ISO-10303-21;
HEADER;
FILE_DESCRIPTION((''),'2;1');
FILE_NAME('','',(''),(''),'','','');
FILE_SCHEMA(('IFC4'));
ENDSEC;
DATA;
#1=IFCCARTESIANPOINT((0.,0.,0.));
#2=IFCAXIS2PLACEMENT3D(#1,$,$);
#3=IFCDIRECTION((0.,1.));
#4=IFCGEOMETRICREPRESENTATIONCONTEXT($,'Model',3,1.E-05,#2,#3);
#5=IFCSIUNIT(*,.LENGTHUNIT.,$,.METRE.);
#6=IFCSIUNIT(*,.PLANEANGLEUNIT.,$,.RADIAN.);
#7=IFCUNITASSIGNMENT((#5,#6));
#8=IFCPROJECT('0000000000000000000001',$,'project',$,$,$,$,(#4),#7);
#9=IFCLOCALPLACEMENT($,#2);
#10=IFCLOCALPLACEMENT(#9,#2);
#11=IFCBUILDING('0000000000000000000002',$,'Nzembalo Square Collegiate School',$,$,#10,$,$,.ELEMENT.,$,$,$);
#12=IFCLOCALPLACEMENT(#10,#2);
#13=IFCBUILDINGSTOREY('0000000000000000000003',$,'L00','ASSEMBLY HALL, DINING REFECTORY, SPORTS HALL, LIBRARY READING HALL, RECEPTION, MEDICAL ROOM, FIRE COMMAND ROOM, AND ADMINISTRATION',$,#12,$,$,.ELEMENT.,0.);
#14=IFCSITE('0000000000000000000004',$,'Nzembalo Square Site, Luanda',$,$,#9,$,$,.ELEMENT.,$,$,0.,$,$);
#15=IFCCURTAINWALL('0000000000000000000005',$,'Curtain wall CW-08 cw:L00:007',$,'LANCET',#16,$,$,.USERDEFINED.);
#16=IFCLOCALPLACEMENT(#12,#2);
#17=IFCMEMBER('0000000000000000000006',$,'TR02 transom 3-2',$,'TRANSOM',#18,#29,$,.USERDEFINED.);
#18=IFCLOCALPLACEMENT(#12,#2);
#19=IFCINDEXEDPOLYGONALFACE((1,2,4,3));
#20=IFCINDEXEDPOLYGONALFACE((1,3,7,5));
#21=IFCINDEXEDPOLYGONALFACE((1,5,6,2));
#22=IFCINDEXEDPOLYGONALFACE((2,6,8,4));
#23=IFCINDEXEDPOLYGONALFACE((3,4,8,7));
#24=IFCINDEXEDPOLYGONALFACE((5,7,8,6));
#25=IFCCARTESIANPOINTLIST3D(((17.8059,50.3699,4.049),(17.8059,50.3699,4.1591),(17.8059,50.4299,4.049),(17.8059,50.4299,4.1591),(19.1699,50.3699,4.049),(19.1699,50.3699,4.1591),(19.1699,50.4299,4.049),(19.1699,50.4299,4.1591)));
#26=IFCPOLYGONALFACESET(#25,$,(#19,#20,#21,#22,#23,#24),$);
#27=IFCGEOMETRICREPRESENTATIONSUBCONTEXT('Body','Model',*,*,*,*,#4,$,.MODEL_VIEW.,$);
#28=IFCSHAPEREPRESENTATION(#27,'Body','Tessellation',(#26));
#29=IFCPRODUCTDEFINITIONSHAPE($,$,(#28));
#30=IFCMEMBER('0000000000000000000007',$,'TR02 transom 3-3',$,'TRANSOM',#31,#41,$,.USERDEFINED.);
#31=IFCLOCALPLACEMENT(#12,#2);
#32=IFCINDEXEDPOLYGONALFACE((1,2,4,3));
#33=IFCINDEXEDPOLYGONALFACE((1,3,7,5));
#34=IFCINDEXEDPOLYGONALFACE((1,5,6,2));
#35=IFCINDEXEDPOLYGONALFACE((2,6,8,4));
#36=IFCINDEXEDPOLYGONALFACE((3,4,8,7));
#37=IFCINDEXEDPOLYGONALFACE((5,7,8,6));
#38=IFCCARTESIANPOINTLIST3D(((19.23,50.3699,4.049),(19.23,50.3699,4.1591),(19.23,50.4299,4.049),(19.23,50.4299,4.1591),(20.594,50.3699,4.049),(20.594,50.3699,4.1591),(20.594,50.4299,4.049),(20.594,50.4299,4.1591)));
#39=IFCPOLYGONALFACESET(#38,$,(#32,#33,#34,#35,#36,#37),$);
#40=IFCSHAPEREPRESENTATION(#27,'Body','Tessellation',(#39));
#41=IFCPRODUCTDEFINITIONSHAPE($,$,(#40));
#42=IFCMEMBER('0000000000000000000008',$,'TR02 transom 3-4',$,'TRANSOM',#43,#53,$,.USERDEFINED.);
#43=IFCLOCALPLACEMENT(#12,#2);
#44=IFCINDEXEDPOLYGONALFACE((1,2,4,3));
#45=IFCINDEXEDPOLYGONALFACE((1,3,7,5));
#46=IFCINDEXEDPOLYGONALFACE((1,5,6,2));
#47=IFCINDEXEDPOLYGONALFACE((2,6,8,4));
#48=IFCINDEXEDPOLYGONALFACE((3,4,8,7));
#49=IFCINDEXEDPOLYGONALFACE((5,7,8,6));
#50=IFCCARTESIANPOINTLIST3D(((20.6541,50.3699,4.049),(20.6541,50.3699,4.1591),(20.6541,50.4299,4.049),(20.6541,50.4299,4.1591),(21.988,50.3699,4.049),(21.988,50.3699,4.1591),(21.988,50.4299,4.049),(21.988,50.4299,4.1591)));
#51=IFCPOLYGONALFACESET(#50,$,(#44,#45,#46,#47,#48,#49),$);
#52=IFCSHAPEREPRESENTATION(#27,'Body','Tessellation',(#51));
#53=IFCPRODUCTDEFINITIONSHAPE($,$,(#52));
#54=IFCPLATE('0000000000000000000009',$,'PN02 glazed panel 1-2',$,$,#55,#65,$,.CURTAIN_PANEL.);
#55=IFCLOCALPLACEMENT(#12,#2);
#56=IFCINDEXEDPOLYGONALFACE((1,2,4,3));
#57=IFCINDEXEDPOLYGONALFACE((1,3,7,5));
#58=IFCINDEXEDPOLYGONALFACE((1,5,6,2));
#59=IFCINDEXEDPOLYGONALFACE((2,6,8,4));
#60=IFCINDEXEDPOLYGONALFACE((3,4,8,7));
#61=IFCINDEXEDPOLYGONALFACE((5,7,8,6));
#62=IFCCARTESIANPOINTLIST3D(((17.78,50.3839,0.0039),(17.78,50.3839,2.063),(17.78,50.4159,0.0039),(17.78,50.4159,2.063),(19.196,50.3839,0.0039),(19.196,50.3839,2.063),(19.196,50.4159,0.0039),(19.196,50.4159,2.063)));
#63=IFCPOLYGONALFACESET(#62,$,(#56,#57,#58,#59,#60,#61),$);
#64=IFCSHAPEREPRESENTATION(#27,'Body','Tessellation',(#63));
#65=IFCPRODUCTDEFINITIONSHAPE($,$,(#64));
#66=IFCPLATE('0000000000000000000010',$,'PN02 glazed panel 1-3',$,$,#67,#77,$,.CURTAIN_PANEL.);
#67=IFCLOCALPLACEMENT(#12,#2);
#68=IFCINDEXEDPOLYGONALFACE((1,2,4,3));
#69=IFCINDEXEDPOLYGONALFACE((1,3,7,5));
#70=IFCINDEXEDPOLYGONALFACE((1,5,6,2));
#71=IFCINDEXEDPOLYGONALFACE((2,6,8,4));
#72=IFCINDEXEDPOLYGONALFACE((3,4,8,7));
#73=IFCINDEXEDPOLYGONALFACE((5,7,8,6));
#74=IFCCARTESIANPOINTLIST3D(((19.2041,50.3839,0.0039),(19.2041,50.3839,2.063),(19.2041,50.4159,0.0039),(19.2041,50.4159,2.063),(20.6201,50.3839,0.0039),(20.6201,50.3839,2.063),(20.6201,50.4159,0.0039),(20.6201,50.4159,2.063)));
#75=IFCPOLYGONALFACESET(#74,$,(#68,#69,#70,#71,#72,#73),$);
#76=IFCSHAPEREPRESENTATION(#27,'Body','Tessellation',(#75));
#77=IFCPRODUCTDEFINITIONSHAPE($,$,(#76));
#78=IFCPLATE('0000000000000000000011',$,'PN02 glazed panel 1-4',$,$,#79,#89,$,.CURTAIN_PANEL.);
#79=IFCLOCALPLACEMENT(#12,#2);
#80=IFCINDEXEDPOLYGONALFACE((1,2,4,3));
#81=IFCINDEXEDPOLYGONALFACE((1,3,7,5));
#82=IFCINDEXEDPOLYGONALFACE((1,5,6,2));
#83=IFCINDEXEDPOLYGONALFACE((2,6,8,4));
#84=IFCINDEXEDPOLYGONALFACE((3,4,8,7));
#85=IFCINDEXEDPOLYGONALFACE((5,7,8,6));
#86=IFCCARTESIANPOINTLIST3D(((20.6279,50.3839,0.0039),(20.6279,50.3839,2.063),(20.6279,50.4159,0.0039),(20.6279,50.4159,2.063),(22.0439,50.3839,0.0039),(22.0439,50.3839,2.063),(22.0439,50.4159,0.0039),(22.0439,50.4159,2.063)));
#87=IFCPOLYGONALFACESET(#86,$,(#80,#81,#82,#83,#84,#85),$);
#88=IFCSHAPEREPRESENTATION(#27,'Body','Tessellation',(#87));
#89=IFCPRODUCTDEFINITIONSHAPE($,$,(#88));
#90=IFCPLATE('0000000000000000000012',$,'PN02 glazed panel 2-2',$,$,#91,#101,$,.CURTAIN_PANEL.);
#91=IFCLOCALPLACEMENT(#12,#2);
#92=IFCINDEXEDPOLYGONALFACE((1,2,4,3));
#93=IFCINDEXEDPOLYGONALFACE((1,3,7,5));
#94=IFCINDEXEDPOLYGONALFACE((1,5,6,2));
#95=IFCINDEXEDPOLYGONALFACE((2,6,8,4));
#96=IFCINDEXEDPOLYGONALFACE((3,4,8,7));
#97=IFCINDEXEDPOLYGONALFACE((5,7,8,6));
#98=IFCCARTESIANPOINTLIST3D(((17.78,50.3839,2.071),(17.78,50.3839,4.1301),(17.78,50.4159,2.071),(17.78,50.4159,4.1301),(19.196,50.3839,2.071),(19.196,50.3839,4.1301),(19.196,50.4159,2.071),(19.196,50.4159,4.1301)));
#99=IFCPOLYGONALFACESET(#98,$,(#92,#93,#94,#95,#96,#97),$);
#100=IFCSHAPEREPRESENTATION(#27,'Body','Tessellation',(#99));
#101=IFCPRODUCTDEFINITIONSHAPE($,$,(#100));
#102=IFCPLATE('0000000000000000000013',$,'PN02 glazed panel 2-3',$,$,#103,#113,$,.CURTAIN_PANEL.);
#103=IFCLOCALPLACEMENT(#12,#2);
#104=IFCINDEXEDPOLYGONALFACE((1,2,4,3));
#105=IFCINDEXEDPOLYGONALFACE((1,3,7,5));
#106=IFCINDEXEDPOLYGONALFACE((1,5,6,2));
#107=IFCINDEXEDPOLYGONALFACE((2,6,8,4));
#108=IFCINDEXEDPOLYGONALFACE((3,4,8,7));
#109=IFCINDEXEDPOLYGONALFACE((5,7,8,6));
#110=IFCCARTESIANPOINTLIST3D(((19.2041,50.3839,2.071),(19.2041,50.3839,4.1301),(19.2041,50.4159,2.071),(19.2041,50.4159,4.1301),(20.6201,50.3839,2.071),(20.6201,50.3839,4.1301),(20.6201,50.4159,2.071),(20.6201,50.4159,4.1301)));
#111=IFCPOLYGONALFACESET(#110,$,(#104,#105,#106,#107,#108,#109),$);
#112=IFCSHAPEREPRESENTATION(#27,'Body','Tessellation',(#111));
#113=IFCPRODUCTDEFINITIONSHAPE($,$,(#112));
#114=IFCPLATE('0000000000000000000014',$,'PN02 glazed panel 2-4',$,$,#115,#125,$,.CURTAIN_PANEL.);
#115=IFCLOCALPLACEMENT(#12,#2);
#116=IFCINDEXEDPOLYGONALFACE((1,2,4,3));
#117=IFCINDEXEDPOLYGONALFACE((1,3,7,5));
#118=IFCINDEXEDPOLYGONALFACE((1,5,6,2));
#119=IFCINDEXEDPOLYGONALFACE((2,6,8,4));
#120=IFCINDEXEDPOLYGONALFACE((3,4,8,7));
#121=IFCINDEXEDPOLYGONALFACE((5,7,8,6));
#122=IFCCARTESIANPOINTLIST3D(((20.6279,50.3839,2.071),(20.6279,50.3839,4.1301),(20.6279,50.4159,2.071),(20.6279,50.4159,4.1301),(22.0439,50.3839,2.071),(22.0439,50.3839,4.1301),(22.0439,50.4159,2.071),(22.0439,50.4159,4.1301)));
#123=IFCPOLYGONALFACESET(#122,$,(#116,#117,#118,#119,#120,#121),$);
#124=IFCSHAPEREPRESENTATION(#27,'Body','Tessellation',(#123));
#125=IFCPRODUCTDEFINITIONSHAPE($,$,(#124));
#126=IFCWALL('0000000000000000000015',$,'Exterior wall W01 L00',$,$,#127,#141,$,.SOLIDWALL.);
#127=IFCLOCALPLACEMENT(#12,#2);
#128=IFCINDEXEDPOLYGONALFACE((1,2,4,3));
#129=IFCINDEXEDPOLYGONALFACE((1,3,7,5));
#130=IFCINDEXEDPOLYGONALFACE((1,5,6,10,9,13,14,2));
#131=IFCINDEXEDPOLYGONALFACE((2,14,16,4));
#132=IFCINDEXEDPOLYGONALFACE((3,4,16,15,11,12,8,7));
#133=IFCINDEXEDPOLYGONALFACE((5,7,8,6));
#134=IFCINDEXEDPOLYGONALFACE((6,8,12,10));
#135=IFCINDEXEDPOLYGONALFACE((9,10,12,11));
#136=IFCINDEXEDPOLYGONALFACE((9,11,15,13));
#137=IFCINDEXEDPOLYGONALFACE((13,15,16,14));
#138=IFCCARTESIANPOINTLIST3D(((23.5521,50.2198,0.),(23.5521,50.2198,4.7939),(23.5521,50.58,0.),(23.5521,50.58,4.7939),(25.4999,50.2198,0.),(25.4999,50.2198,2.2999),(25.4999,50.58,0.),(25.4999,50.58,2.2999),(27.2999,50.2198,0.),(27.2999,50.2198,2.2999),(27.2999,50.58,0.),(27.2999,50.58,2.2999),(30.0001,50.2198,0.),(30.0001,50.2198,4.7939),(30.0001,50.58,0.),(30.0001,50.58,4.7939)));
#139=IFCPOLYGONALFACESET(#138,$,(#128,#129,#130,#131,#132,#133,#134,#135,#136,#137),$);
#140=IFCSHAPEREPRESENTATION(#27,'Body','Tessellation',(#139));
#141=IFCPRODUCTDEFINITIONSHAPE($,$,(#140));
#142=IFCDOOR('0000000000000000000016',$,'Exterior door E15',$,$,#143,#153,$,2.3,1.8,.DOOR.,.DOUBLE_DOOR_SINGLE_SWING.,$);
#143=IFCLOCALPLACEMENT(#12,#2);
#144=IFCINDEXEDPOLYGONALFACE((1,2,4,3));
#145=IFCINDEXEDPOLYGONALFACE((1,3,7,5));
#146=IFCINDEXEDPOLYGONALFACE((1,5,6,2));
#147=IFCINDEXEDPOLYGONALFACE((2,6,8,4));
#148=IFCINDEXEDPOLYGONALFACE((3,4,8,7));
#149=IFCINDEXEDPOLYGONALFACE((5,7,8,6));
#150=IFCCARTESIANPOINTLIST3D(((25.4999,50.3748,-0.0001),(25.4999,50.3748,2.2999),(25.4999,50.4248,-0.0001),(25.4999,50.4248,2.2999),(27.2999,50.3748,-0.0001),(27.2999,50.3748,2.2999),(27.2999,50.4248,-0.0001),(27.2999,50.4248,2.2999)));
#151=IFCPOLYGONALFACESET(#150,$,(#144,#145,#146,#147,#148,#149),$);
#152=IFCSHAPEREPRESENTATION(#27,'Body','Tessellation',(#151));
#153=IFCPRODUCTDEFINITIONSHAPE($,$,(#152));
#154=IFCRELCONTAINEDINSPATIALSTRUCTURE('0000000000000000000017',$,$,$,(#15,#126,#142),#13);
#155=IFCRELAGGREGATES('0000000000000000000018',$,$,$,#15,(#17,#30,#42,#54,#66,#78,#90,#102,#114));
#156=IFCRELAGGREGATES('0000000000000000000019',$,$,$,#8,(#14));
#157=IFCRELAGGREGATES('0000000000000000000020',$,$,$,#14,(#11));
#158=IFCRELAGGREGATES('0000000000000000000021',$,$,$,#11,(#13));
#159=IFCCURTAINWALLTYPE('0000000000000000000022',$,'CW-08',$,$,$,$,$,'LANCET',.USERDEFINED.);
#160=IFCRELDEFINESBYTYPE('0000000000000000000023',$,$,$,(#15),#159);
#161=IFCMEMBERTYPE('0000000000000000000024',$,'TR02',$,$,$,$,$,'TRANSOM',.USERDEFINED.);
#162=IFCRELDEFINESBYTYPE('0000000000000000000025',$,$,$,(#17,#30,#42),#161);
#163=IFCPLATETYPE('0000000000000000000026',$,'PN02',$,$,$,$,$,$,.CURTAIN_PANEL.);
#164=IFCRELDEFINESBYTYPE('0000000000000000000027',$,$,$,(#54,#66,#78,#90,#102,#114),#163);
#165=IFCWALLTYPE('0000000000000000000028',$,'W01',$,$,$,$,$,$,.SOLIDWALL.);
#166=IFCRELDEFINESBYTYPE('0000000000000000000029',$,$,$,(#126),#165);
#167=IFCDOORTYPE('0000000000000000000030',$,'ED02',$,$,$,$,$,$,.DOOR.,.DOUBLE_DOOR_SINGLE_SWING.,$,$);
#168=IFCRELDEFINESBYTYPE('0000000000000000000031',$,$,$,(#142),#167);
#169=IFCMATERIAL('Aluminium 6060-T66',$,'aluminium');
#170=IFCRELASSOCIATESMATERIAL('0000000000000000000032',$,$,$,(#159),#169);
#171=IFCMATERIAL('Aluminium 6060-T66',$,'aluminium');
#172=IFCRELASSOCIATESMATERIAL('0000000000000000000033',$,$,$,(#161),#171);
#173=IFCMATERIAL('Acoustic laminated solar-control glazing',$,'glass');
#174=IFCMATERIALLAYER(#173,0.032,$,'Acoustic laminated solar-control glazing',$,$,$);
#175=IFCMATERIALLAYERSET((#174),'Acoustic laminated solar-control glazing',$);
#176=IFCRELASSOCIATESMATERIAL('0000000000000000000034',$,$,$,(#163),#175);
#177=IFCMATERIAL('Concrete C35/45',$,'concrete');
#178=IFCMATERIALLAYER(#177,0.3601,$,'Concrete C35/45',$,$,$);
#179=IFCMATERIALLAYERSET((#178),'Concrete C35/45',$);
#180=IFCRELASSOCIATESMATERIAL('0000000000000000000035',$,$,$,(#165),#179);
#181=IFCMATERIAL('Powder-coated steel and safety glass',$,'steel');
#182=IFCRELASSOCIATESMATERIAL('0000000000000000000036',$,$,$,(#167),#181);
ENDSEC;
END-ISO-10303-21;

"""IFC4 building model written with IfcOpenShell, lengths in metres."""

from ifc_helpers import new_model, si_unit, direction, frame, frame_2d, origin, origin_2d, place, context, subcontext, project, spatial, rectangle, extrude, material, layer, layer_set, material_profile, profile_set, type_object, element, fill, aggregate, save


model = new_model("IFC4")

# Units and contexts
model_context = context("Model", 3, precision=1e-05, world=origin(), true_north=direction((0.0, 1.0)))
body_context = subcontext(model_context, "Body", "Model", "MODEL_VIEW")
ifc_project = project(units=[si_unit("LENGTHUNIT", "METRE"), si_unit("PLANEANGLEUNIT", "RADIAN")], contexts=[model_context])

# Site, building, storey
site_placement = place(None, origin())
site = spatial("IfcSite", under=ifc_project, at=site_placement, Name="Nzembalo Square Site, Luanda", CompositionType="ELEMENT", RefElevation=0.0)
building_placement = place(site_placement, origin())
building = spatial("IfcBuilding", under=site, at=building_placement, Name="Nzembalo Square Collegiate School", CompositionType="ELEMENT")
storey_placement = place(building_placement, origin())
storey = spatial("IfcBuildingStorey", under=building, at=storey_placement, Name="L00", Description="ASSEMBLY HALL, DINING REFECTORY, SPORTS HALL, LIBRARY READING HALL, RECEPTION, MEDICAL ROOM, FIRE COMMAND ROOM, AND ADMINISTRATION", CompositionType="ELEMENT", Elevation=0.0)

# Curtain wall, members, plates
ifc_material_1 = material(Name="Aluminium 6060-T66", Category="aluminium")
curtain_wall_type = type_object("IfcCurtainWallType", Name="CW-08", ElementType="LANCET", PredefinedType="USERDEFINED", material=ifc_material_1)
curtain_wall_placement = place(storey_placement, origin())
curtain_wall = element("IfcCurtainWall", 1, at=curtain_wall_placement, inside=storey, type_object=curtain_wall_type, Name="Curtain wall CW-08 cw:L00:007", ObjectType="LANCET", PredefinedType="USERDEFINED")
ifc_material_2 = material(Name="Aluminium 6060-T66", Category="aluminium")
ifc_material_profile_1 = material_profile(ifc_material_2, rectangle(XDim=0.0601, YDim=0.1101, at=origin_2d()), Name="ALU T60x110")
ifc_profile_set_1 = profile_set([ifc_material_profile_1], Name="Aluminium 6060-T66")
member_type_1 = type_object("IfcMemberType", Name="TR02", ElementType="TRANSOM", PredefinedType="USERDEFINED", material=ifc_profile_set_1)
member_1_placement = place(storey_placement, frame((17.8059, 50.3999, 4.104), z_axis=(1.0, 0.0, 0.0), x_axis=(0.0, 1.0, 0.0)))
member_1 = element("IfcMember", 2, at=member_1_placement, type_object=member_type_1, Name="TR02 transom 3-2", ObjectType="TRANSOM", PredefinedType="USERDEFINED", context=body_context, shape_type="SweptSolid", body=[
    extrude(rectangle(XDim=0.0601, YDim=0.1101, at=origin_2d()), origin(), (0.0, 0.0, 1.0), 1.364),
])
member_2_placement = place(storey_placement, frame((19.23, 50.3999, 4.104), z_axis=(1.0, 0.0, 0.0), x_axis=(0.0, 1.0, 0.0)))
member_2 = element("IfcMember", 3, at=member_2_placement, type_object=member_type_1, Name="TR02 transom 3-3", ObjectType="TRANSOM", PredefinedType="USERDEFINED", context=body_context, shape_type="SweptSolid", body=[
    extrude(rectangle(XDim=0.0601, YDim=0.1101, at=origin_2d()), origin(), (0.0, 0.0, 1.0), 1.364),
])
member_3_placement = place(storey_placement, frame((20.6541, 50.3999, 4.104), z_axis=(1.0, 0.0, 0.0), x_axis=(0.0, 1.0, 0.0)))
member_3 = element("IfcMember", 4, at=member_3_placement, type_object=member_type_1, Name="TR02 transom 3-4", ObjectType="TRANSOM", PredefinedType="USERDEFINED", context=body_context, shape_type="SweptSolid", body=[
    extrude(rectangle(XDim=0.0601, YDim=0.1101, at=origin_2d()), origin(), (0.0, 0.0, 1.0), 1.334),
])
ifc_material_3 = material(Name="Acoustic laminated solar-control glazing", Category="glass")
ifc_layer_1 = layer(ifc_material_3, 0.032, Name="Acoustic laminated solar-control glazing")
ifc_layer_set_1 = layer_set([ifc_layer_1], Name="Acoustic laminated solar-control glazing")
plate_type = type_object("IfcPlateType", Name="PN02", PredefinedType="CURTAIN_PANEL", material=ifc_layer_set_1)
plate_1_placement = place(storey_placement, frame((18.488, 50.3999, 0.0039), z_axis=(0.0, 0.0, 1.0), x_axis=(1.0, 0.0, 0.0)))
plate_1 = element("IfcPlate", 5, at=plate_1_placement, type_object=plate_type, Name="PN02 glazed panel 1-2", PredefinedType="CURTAIN_PANEL", context=body_context, shape_type="SweptSolid", body=[
    extrude(rectangle(XDim=1.416, YDim=0.032, at=origin_2d()), origin(), (0.0, 0.0, 1.0), 2.0591),
])
plate_2_placement = place(storey_placement, frame((19.9121, 50.3999, 0.0039), z_axis=(0.0, 0.0, 1.0), x_axis=(1.0, 0.0, 0.0)))
plate_2 = element("IfcPlate", 6, at=plate_2_placement, type_object=plate_type, Name="PN02 glazed panel 1-3", PredefinedType="CURTAIN_PANEL", context=body_context, shape_type="SweptSolid", body=[
    extrude(rectangle(XDim=1.416, YDim=0.032, at=origin_2d()), origin(), (0.0, 0.0, 1.0), 2.0591),
])
plate_3_placement = place(storey_placement, frame((21.3359, 50.3999, 0.0039), z_axis=(0.0, 0.0, 1.0), x_axis=(1.0, 0.0, 0.0)))
plate_3 = element("IfcPlate", 7, at=plate_3_placement, type_object=plate_type, Name="PN02 glazed panel 1-4", PredefinedType="CURTAIN_PANEL", context=body_context, shape_type="SweptSolid", body=[
    extrude(rectangle(XDim=1.416, YDim=0.032, at=origin_2d()), origin(), (0.0, 0.0, 1.0), 2.0591),
])
plate_4_placement = place(storey_placement, frame((18.488, 50.3999, 2.071), z_axis=(0.0, 0.0, 1.0), x_axis=(1.0, 0.0, 0.0)))
plate_4 = element("IfcPlate", 8, at=plate_4_placement, type_object=plate_type, Name="PN02 glazed panel 2-2", PredefinedType="CURTAIN_PANEL", context=body_context, shape_type="SweptSolid", body=[
    extrude(rectangle(XDim=1.416, YDim=0.032, at=origin_2d()), origin(), (0.0, 0.0, 1.0), 2.0591),
])
plate_5_placement = place(storey_placement, frame((19.9121, 50.3999, 2.071), z_axis=(0.0, 0.0, 1.0), x_axis=(1.0, 0.0, 0.0)))
plate_5 = element("IfcPlate", 9, at=plate_5_placement, type_object=plate_type, Name="PN02 glazed panel 2-3", PredefinedType="CURTAIN_PANEL", context=body_context, shape_type="SweptSolid", body=[
    extrude(rectangle(XDim=1.416, YDim=0.032, at=origin_2d()), origin(), (0.0, 0.0, 1.0), 2.0591),
])
plate_6_placement = place(storey_placement, frame((21.3359, 50.3999, 2.071), z_axis=(0.0, 0.0, 1.0), x_axis=(1.0, 0.0, 0.0)))
plate_6 = element("IfcPlate", 10, at=plate_6_placement, type_object=plate_type, Name="PN02 glazed panel 2-4", PredefinedType="CURTAIN_PANEL", context=body_context, shape_type="SweptSolid", body=[
    extrude(rectangle(XDim=1.416, YDim=0.032, at=origin_2d()), origin(), (0.0, 0.0, 1.0), 2.0591),
])
aggregate(curtain_wall, [member_1, member_2, member_3, plate_1, plate_2, plate_3, plate_4, plate_5, plate_6])

# Wall, opening, door
ifc_material_4 = material(Name="Concrete C35/45", Category="concrete")
ifc_layer_2 = layer(ifc_material_4, 0.3601, Name="Concrete C35/45")
ifc_layer_set_2 = layer_set([ifc_layer_2], Name="Concrete C35/45")
wall_type = type_object("IfcWallType", Name="W01", PredefinedType="SOLIDWALL", material=ifc_layer_set_2)
wall_placement = place(storey_placement, frame((23.552, 50.3999, 0.0), z_axis=(0.0, 0.0, 1.0), x_axis=(1.0, 0.0, 0.0)))
wall = element("IfcWall", 11, at=wall_placement, inside=storey, type_object=wall_type, Name="Exterior wall W01 L00", PredefinedType="SOLIDWALL", context=body_context, shape_type="SweptSolid", body=[
    extrude(rectangle(XDim=6.448, YDim=0.3601, at=frame_2d((3.2241, 0.0))), origin(), (0.0, 0.0, 1.0), 4.7939),
])
opening_placement = place(wall_placement, frame((1.948, 0.0, 0.0)))
opening = element("IfcOpeningElement", 12, at=opening_placement, cuts=wall, PredefinedType="OPENING", context=body_context, shape_type="SweptSolid", body=[
    extrude(rectangle(XDim=1.8, YDim=2.3, at=frame_2d((0.8999, 1.1499))), frame((0.0, 0.1899, 0.0), z_axis=(0.0, -1.0, 0.0), x_axis=(1.0, 0.0, 0.0)), (0.0, 0.0, 1.0), 0.3801),
])
ifc_material_5 = material(Name="Powder-coated steel and safety glass", Category="steel")
door_type = type_object("IfcDoorType", Name="ED02", OperationType="DOUBLE_DOOR_SINGLE_SWING", PredefinedType="DOOR", material=ifc_material_5)
door_placement = place(opening_placement, origin())
door = element("IfcDoor", 13, at=door_placement, inside=storey, type_object=door_type, Name="Exterior door E15", OperationType="DOUBLE_DOOR_SINGLE_SWING", OverallHeight=2.3, OverallWidth=1.8, PredefinedType="DOOR", context=body_context, shape_type="SweptSolid", body=[
    extrude(rectangle(XDim=1.8, YDim=2.3, at=frame_2d((0.8999, 1.1499))), frame((0.0, 0.0249, 0.0), z_axis=(0.0, -1.0, 0.0), x_axis=(1.0, 0.0, 0.0)), (0.0, 0.0, 1.0), 0.05),
])
fill(opening, door)

save(model, "model.ifc")
